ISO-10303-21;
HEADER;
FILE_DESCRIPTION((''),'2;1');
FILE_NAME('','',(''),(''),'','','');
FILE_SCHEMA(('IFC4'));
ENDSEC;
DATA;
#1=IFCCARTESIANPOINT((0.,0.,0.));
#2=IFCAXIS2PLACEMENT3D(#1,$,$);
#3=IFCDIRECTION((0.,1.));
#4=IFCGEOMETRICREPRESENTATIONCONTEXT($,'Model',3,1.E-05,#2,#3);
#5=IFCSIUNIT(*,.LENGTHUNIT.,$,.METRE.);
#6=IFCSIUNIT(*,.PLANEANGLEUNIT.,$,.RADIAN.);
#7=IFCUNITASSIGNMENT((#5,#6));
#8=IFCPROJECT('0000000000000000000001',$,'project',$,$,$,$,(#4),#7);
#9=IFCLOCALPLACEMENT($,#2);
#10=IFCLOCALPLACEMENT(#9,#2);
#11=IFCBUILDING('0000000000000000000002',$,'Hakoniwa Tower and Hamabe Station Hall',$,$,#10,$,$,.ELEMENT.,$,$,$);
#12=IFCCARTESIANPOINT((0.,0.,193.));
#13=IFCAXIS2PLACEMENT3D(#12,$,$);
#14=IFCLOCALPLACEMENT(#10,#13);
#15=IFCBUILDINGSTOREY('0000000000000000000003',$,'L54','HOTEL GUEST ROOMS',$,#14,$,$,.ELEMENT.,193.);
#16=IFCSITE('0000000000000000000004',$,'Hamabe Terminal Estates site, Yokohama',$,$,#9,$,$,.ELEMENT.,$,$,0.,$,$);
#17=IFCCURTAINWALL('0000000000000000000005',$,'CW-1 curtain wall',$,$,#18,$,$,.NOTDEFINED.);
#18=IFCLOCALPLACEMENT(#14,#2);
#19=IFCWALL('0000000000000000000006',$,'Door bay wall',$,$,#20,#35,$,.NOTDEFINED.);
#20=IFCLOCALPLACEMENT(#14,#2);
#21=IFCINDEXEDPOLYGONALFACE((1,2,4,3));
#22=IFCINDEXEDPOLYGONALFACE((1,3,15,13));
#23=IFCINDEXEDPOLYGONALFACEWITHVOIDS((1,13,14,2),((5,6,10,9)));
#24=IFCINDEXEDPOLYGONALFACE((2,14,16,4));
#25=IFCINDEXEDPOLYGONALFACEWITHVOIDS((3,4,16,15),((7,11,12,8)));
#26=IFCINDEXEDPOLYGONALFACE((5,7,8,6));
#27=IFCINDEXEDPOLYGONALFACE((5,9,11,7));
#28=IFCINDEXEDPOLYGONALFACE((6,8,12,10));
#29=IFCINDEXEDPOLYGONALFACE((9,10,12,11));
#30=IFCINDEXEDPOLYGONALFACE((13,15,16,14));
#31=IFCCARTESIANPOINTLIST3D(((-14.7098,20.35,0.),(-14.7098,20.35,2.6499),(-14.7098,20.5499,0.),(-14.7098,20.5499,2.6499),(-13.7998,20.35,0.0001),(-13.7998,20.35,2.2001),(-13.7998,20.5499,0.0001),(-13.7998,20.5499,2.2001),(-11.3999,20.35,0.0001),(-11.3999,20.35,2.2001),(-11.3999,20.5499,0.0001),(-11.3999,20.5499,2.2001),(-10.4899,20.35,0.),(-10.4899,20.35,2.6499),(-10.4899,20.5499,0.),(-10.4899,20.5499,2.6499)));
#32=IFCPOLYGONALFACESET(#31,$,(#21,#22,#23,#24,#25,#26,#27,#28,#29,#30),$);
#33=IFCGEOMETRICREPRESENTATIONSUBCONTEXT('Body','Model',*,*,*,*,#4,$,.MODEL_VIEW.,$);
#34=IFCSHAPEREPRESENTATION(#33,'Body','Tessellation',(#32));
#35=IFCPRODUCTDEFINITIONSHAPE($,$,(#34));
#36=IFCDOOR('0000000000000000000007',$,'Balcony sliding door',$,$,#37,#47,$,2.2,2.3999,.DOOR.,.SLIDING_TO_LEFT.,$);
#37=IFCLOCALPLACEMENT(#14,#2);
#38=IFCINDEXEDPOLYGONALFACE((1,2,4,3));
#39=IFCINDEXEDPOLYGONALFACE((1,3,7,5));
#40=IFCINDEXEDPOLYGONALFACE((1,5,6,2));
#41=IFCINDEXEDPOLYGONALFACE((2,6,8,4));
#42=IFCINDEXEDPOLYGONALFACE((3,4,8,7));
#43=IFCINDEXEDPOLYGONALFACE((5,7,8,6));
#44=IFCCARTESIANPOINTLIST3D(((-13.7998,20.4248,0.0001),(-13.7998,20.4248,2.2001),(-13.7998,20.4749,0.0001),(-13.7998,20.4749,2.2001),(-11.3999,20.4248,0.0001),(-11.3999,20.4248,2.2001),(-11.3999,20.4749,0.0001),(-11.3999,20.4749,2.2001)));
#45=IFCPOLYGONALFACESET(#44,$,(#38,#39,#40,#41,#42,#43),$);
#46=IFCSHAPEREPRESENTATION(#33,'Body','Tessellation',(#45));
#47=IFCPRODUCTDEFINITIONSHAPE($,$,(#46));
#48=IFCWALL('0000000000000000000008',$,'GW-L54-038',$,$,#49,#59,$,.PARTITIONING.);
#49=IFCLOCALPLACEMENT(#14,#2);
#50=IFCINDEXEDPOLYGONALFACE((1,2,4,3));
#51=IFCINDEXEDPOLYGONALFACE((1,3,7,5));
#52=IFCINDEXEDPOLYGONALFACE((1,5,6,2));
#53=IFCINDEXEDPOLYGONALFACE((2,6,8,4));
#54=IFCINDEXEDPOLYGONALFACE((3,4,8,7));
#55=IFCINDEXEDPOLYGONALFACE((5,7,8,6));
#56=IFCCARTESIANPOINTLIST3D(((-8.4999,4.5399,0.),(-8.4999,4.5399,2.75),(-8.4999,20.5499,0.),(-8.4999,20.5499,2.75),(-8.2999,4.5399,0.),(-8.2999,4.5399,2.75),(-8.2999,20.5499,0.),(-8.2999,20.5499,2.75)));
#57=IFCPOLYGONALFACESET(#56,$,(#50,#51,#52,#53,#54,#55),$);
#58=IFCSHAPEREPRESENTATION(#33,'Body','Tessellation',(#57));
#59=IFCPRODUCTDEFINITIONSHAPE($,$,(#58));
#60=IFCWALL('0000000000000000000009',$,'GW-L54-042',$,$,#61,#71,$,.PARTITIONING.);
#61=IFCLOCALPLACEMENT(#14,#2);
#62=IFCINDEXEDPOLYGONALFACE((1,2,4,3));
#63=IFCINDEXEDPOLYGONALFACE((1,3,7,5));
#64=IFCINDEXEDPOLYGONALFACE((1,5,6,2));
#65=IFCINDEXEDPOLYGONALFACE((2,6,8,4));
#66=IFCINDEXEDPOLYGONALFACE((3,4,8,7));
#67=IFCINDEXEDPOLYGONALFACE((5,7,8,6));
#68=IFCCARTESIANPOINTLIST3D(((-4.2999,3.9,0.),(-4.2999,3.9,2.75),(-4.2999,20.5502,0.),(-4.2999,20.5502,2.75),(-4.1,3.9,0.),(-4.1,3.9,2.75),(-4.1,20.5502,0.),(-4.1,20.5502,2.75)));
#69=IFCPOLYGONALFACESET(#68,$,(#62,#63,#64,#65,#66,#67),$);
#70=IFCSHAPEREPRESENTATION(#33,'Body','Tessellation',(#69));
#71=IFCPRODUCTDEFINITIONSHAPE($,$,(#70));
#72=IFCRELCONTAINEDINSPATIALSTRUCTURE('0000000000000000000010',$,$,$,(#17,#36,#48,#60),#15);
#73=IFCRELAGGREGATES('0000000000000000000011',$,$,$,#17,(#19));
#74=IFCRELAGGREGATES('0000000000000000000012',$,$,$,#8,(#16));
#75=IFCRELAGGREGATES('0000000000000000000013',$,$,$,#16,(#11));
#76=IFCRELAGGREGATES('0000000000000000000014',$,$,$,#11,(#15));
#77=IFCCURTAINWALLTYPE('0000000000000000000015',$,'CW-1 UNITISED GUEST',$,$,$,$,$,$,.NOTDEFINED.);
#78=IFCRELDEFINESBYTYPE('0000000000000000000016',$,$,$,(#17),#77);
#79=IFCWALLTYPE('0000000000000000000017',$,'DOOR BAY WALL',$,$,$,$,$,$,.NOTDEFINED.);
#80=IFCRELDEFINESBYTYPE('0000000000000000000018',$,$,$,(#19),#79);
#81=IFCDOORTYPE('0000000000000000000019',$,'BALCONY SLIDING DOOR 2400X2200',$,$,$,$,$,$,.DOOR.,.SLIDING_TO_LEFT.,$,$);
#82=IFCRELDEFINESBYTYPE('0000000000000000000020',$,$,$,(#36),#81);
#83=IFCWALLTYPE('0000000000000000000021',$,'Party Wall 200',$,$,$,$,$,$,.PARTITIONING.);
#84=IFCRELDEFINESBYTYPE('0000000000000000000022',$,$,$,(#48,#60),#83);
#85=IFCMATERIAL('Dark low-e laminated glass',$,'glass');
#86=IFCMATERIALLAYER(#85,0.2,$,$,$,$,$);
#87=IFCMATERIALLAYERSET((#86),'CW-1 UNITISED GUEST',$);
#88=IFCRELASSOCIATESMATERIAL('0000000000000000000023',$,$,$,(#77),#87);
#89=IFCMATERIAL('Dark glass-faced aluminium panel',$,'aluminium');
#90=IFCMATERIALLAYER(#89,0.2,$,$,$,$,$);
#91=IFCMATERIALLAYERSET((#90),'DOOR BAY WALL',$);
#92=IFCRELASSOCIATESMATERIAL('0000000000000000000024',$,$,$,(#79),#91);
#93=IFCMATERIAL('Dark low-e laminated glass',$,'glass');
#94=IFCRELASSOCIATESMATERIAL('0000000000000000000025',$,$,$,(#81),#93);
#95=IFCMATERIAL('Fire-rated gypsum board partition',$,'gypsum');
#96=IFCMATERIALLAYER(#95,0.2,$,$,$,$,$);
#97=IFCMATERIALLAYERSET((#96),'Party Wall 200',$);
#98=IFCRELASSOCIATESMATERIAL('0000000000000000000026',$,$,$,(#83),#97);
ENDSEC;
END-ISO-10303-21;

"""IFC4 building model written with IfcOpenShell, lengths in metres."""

from ifc_helpers import new_model, si_unit, direction, frame, frame_2d, origin, place, context, subcontext, project, spatial, rectangle, extrude, material, layer, layer_set, type_object, element, fill, aggregate, save


model = new_model("IFC4")

# Units and contexts
model_context = context("Model", 3, precision=1e-05, world=origin(), true_north=direction((0.0, 1.0)))
body_context = subcontext(model_context, "Body", "Model", "MODEL_VIEW")
ifc_project = project(units=[si_unit("LENGTHUNIT", "METRE"), si_unit("PLANEANGLEUNIT", "RADIAN")], contexts=[model_context])

# Site, building, storey
site_placement = place(None, origin())
site = spatial("IfcSite", under=ifc_project, at=site_placement, Name="Hamabe Terminal Estates site, Yokohama", CompositionType="ELEMENT", RefElevation=0.0)
building_placement = place(site_placement, origin())
building = spatial("IfcBuilding", under=site, at=building_placement, Name="Hakoniwa Tower and Hamabe Station Hall", CompositionType="ELEMENT")
storey_placement = place(building_placement, frame((0.0, 0.0, 193.0)))
storey = spatial("IfcBuildingStorey", under=building, at=storey_placement, Name="L54", Description="HOTEL GUEST ROOMS", CompositionType="ELEMENT", Elevation=193.0)

# Curtain wall
ifc_material_1 = material(Name="Dark low-e laminated glass", Category="glass")
ifc_layer_1 = layer(ifc_material_1, 0.2)
ifc_layer_set_1 = layer_set([ifc_layer_1], Name="CW-1 UNITISED GUEST")
curtain_wall_type = type_object("IfcCurtainWallType", Name="CW-1 UNITISED GUEST", PredefinedType="NOTDEFINED", material=ifc_layer_set_1)
curtain_wall_placement = place(storey_placement, origin())
curtain_wall = element("IfcCurtainWall", 1, at=curtain_wall_placement, inside=storey, type_object=curtain_wall_type, Name="CW-1 curtain wall", PredefinedType="NOTDEFINED")

# Wall, opening, door
ifc_material_2 = material(Name="Dark glass-faced aluminium panel", Category="aluminium")
ifc_layer_2 = layer(ifc_material_2, 0.2)
ifc_layer_set_2 = layer_set([ifc_layer_2], Name="DOOR BAY WALL")
wall_type_1 = type_object("IfcWallType", Name="DOOR BAY WALL", PredefinedType="NOTDEFINED", material=ifc_layer_set_2)
ifc_material_3 = material(Name="Dark low-e laminated glass", Category="glass")
door_type_1 = type_object("IfcDoorType", Name="BALCONY SLIDING DOOR 2400X2200", OperationType="SLIDING_TO_LEFT", PredefinedType="DOOR", material=ifc_material_3)
wall_1_placement = place(storey_placement, frame((-10.49, 20.45, 0.0), z_axis=(0.0, 0.0, 1.0), x_axis=(-1.0, 0.0, 0.0)))
wall_1 = element("IfcWall", 2, at=wall_1_placement, type_object=wall_type_1, Name="Door bay wall", PredefinedType="NOTDEFINED", context=body_context, shape_type="SweptSolid", body=[
    extrude(rectangle(XDim=4.22, YDim=0.2, at=frame_2d((2.1099, 0.0))), origin(), (0.0, 0.0, 1.0), 2.6499),
])
opening_1_placement = place(wall_1_placement, frame((0.9099, 0.0, 0.0)))
opening_1 = element("IfcOpeningElement", 3, at=opening_1_placement, cuts=wall_1, PredefinedType="OPENING", context=body_context, shape_type="SweptSolid", body=[
    extrude(rectangle(XDim=2.3999, YDim=2.2, at=frame_2d((1.2, 1.1001))), frame((0.0, 0.1099, 0.0), z_axis=(0.0, -1.0, 0.0), x_axis=(1.0, 0.0, 0.0)), (0.0, 0.0, 1.0), 0.22),
])
door_1_placement = place(opening_1_placement, frame((2.3999, 0.0, 0.0), z_axis=(0.0, 0.0, 1.0), x_axis=(-1.0, 0.0, 0.0)))
door_1 = element("IfcDoor", 4, at=door_1_placement, inside=storey, type_object=door_type_1, Name="Balcony sliding door", OperationType="SLIDING_TO_LEFT", OverallHeight=2.2, OverallWidth=2.3999, PredefinedType="DOOR", context=body_context, shape_type="SweptSolid", body=[
    extrude(rectangle(XDim=2.3999, YDim=2.2, at=frame_2d((1.2, 1.1001))), frame((0.0, 0.0249, 0.0), z_axis=(0.0, -1.0, 0.0), x_axis=(1.0, 0.0, 0.0)), (0.0, 0.0, 1.0), 0.05),
])
fill(opening_1, door_1)
aggregate(curtain_wall, [wall_1])

# Walls
ifc_material_4 = material(Name="Fire-rated gypsum board partition", Category="gypsum")
ifc_layer_3 = layer(ifc_material_4, 0.2)
ifc_layer_set_3 = layer_set([ifc_layer_3], Name="Party Wall 200")
wall_type_2 = type_object("IfcWallType", Name="Party Wall 200", PredefinedType="PARTITIONING", material=ifc_layer_set_3)
wall_2_placement = place(storey_placement, frame((-8.3999, 4.54, 0.0), z_axis=(0.0, 0.0, 1.0), x_axis=(0.0, 1.0, 0.0)))
element("IfcWall", 5, at=wall_2_placement, inside=storey, type_object=wall_type_2, Name="GW-L54-038", PredefinedType="PARTITIONING", context=body_context, shape_type="SweptSolid", body=[
    extrude(rectangle(XDim=16.01, YDim=0.2, at=frame_2d((8.0049, 0.0))), origin(), (0.0, 0.0, 1.0), 2.75),
])
wall_3_placement = place(storey_placement, frame((-4.2, 3.8999, 0.0), z_axis=(0.0, 0.0, 1.0), x_axis=(0.0, 1.0, 0.0)))
element("IfcWall", 6, at=wall_3_placement, inside=storey, type_object=wall_type_2, Name="GW-L54-042", PredefinedType="PARTITIONING", context=body_context, shape_type="SweptSolid", body=[
    extrude(rectangle(XDim=16.6501, YDim=0.2, at=frame_2d((8.3252, 0.0))), origin(), (0.0, 0.0, 1.0), 2.75),
])

save(model, "model.ifc")
